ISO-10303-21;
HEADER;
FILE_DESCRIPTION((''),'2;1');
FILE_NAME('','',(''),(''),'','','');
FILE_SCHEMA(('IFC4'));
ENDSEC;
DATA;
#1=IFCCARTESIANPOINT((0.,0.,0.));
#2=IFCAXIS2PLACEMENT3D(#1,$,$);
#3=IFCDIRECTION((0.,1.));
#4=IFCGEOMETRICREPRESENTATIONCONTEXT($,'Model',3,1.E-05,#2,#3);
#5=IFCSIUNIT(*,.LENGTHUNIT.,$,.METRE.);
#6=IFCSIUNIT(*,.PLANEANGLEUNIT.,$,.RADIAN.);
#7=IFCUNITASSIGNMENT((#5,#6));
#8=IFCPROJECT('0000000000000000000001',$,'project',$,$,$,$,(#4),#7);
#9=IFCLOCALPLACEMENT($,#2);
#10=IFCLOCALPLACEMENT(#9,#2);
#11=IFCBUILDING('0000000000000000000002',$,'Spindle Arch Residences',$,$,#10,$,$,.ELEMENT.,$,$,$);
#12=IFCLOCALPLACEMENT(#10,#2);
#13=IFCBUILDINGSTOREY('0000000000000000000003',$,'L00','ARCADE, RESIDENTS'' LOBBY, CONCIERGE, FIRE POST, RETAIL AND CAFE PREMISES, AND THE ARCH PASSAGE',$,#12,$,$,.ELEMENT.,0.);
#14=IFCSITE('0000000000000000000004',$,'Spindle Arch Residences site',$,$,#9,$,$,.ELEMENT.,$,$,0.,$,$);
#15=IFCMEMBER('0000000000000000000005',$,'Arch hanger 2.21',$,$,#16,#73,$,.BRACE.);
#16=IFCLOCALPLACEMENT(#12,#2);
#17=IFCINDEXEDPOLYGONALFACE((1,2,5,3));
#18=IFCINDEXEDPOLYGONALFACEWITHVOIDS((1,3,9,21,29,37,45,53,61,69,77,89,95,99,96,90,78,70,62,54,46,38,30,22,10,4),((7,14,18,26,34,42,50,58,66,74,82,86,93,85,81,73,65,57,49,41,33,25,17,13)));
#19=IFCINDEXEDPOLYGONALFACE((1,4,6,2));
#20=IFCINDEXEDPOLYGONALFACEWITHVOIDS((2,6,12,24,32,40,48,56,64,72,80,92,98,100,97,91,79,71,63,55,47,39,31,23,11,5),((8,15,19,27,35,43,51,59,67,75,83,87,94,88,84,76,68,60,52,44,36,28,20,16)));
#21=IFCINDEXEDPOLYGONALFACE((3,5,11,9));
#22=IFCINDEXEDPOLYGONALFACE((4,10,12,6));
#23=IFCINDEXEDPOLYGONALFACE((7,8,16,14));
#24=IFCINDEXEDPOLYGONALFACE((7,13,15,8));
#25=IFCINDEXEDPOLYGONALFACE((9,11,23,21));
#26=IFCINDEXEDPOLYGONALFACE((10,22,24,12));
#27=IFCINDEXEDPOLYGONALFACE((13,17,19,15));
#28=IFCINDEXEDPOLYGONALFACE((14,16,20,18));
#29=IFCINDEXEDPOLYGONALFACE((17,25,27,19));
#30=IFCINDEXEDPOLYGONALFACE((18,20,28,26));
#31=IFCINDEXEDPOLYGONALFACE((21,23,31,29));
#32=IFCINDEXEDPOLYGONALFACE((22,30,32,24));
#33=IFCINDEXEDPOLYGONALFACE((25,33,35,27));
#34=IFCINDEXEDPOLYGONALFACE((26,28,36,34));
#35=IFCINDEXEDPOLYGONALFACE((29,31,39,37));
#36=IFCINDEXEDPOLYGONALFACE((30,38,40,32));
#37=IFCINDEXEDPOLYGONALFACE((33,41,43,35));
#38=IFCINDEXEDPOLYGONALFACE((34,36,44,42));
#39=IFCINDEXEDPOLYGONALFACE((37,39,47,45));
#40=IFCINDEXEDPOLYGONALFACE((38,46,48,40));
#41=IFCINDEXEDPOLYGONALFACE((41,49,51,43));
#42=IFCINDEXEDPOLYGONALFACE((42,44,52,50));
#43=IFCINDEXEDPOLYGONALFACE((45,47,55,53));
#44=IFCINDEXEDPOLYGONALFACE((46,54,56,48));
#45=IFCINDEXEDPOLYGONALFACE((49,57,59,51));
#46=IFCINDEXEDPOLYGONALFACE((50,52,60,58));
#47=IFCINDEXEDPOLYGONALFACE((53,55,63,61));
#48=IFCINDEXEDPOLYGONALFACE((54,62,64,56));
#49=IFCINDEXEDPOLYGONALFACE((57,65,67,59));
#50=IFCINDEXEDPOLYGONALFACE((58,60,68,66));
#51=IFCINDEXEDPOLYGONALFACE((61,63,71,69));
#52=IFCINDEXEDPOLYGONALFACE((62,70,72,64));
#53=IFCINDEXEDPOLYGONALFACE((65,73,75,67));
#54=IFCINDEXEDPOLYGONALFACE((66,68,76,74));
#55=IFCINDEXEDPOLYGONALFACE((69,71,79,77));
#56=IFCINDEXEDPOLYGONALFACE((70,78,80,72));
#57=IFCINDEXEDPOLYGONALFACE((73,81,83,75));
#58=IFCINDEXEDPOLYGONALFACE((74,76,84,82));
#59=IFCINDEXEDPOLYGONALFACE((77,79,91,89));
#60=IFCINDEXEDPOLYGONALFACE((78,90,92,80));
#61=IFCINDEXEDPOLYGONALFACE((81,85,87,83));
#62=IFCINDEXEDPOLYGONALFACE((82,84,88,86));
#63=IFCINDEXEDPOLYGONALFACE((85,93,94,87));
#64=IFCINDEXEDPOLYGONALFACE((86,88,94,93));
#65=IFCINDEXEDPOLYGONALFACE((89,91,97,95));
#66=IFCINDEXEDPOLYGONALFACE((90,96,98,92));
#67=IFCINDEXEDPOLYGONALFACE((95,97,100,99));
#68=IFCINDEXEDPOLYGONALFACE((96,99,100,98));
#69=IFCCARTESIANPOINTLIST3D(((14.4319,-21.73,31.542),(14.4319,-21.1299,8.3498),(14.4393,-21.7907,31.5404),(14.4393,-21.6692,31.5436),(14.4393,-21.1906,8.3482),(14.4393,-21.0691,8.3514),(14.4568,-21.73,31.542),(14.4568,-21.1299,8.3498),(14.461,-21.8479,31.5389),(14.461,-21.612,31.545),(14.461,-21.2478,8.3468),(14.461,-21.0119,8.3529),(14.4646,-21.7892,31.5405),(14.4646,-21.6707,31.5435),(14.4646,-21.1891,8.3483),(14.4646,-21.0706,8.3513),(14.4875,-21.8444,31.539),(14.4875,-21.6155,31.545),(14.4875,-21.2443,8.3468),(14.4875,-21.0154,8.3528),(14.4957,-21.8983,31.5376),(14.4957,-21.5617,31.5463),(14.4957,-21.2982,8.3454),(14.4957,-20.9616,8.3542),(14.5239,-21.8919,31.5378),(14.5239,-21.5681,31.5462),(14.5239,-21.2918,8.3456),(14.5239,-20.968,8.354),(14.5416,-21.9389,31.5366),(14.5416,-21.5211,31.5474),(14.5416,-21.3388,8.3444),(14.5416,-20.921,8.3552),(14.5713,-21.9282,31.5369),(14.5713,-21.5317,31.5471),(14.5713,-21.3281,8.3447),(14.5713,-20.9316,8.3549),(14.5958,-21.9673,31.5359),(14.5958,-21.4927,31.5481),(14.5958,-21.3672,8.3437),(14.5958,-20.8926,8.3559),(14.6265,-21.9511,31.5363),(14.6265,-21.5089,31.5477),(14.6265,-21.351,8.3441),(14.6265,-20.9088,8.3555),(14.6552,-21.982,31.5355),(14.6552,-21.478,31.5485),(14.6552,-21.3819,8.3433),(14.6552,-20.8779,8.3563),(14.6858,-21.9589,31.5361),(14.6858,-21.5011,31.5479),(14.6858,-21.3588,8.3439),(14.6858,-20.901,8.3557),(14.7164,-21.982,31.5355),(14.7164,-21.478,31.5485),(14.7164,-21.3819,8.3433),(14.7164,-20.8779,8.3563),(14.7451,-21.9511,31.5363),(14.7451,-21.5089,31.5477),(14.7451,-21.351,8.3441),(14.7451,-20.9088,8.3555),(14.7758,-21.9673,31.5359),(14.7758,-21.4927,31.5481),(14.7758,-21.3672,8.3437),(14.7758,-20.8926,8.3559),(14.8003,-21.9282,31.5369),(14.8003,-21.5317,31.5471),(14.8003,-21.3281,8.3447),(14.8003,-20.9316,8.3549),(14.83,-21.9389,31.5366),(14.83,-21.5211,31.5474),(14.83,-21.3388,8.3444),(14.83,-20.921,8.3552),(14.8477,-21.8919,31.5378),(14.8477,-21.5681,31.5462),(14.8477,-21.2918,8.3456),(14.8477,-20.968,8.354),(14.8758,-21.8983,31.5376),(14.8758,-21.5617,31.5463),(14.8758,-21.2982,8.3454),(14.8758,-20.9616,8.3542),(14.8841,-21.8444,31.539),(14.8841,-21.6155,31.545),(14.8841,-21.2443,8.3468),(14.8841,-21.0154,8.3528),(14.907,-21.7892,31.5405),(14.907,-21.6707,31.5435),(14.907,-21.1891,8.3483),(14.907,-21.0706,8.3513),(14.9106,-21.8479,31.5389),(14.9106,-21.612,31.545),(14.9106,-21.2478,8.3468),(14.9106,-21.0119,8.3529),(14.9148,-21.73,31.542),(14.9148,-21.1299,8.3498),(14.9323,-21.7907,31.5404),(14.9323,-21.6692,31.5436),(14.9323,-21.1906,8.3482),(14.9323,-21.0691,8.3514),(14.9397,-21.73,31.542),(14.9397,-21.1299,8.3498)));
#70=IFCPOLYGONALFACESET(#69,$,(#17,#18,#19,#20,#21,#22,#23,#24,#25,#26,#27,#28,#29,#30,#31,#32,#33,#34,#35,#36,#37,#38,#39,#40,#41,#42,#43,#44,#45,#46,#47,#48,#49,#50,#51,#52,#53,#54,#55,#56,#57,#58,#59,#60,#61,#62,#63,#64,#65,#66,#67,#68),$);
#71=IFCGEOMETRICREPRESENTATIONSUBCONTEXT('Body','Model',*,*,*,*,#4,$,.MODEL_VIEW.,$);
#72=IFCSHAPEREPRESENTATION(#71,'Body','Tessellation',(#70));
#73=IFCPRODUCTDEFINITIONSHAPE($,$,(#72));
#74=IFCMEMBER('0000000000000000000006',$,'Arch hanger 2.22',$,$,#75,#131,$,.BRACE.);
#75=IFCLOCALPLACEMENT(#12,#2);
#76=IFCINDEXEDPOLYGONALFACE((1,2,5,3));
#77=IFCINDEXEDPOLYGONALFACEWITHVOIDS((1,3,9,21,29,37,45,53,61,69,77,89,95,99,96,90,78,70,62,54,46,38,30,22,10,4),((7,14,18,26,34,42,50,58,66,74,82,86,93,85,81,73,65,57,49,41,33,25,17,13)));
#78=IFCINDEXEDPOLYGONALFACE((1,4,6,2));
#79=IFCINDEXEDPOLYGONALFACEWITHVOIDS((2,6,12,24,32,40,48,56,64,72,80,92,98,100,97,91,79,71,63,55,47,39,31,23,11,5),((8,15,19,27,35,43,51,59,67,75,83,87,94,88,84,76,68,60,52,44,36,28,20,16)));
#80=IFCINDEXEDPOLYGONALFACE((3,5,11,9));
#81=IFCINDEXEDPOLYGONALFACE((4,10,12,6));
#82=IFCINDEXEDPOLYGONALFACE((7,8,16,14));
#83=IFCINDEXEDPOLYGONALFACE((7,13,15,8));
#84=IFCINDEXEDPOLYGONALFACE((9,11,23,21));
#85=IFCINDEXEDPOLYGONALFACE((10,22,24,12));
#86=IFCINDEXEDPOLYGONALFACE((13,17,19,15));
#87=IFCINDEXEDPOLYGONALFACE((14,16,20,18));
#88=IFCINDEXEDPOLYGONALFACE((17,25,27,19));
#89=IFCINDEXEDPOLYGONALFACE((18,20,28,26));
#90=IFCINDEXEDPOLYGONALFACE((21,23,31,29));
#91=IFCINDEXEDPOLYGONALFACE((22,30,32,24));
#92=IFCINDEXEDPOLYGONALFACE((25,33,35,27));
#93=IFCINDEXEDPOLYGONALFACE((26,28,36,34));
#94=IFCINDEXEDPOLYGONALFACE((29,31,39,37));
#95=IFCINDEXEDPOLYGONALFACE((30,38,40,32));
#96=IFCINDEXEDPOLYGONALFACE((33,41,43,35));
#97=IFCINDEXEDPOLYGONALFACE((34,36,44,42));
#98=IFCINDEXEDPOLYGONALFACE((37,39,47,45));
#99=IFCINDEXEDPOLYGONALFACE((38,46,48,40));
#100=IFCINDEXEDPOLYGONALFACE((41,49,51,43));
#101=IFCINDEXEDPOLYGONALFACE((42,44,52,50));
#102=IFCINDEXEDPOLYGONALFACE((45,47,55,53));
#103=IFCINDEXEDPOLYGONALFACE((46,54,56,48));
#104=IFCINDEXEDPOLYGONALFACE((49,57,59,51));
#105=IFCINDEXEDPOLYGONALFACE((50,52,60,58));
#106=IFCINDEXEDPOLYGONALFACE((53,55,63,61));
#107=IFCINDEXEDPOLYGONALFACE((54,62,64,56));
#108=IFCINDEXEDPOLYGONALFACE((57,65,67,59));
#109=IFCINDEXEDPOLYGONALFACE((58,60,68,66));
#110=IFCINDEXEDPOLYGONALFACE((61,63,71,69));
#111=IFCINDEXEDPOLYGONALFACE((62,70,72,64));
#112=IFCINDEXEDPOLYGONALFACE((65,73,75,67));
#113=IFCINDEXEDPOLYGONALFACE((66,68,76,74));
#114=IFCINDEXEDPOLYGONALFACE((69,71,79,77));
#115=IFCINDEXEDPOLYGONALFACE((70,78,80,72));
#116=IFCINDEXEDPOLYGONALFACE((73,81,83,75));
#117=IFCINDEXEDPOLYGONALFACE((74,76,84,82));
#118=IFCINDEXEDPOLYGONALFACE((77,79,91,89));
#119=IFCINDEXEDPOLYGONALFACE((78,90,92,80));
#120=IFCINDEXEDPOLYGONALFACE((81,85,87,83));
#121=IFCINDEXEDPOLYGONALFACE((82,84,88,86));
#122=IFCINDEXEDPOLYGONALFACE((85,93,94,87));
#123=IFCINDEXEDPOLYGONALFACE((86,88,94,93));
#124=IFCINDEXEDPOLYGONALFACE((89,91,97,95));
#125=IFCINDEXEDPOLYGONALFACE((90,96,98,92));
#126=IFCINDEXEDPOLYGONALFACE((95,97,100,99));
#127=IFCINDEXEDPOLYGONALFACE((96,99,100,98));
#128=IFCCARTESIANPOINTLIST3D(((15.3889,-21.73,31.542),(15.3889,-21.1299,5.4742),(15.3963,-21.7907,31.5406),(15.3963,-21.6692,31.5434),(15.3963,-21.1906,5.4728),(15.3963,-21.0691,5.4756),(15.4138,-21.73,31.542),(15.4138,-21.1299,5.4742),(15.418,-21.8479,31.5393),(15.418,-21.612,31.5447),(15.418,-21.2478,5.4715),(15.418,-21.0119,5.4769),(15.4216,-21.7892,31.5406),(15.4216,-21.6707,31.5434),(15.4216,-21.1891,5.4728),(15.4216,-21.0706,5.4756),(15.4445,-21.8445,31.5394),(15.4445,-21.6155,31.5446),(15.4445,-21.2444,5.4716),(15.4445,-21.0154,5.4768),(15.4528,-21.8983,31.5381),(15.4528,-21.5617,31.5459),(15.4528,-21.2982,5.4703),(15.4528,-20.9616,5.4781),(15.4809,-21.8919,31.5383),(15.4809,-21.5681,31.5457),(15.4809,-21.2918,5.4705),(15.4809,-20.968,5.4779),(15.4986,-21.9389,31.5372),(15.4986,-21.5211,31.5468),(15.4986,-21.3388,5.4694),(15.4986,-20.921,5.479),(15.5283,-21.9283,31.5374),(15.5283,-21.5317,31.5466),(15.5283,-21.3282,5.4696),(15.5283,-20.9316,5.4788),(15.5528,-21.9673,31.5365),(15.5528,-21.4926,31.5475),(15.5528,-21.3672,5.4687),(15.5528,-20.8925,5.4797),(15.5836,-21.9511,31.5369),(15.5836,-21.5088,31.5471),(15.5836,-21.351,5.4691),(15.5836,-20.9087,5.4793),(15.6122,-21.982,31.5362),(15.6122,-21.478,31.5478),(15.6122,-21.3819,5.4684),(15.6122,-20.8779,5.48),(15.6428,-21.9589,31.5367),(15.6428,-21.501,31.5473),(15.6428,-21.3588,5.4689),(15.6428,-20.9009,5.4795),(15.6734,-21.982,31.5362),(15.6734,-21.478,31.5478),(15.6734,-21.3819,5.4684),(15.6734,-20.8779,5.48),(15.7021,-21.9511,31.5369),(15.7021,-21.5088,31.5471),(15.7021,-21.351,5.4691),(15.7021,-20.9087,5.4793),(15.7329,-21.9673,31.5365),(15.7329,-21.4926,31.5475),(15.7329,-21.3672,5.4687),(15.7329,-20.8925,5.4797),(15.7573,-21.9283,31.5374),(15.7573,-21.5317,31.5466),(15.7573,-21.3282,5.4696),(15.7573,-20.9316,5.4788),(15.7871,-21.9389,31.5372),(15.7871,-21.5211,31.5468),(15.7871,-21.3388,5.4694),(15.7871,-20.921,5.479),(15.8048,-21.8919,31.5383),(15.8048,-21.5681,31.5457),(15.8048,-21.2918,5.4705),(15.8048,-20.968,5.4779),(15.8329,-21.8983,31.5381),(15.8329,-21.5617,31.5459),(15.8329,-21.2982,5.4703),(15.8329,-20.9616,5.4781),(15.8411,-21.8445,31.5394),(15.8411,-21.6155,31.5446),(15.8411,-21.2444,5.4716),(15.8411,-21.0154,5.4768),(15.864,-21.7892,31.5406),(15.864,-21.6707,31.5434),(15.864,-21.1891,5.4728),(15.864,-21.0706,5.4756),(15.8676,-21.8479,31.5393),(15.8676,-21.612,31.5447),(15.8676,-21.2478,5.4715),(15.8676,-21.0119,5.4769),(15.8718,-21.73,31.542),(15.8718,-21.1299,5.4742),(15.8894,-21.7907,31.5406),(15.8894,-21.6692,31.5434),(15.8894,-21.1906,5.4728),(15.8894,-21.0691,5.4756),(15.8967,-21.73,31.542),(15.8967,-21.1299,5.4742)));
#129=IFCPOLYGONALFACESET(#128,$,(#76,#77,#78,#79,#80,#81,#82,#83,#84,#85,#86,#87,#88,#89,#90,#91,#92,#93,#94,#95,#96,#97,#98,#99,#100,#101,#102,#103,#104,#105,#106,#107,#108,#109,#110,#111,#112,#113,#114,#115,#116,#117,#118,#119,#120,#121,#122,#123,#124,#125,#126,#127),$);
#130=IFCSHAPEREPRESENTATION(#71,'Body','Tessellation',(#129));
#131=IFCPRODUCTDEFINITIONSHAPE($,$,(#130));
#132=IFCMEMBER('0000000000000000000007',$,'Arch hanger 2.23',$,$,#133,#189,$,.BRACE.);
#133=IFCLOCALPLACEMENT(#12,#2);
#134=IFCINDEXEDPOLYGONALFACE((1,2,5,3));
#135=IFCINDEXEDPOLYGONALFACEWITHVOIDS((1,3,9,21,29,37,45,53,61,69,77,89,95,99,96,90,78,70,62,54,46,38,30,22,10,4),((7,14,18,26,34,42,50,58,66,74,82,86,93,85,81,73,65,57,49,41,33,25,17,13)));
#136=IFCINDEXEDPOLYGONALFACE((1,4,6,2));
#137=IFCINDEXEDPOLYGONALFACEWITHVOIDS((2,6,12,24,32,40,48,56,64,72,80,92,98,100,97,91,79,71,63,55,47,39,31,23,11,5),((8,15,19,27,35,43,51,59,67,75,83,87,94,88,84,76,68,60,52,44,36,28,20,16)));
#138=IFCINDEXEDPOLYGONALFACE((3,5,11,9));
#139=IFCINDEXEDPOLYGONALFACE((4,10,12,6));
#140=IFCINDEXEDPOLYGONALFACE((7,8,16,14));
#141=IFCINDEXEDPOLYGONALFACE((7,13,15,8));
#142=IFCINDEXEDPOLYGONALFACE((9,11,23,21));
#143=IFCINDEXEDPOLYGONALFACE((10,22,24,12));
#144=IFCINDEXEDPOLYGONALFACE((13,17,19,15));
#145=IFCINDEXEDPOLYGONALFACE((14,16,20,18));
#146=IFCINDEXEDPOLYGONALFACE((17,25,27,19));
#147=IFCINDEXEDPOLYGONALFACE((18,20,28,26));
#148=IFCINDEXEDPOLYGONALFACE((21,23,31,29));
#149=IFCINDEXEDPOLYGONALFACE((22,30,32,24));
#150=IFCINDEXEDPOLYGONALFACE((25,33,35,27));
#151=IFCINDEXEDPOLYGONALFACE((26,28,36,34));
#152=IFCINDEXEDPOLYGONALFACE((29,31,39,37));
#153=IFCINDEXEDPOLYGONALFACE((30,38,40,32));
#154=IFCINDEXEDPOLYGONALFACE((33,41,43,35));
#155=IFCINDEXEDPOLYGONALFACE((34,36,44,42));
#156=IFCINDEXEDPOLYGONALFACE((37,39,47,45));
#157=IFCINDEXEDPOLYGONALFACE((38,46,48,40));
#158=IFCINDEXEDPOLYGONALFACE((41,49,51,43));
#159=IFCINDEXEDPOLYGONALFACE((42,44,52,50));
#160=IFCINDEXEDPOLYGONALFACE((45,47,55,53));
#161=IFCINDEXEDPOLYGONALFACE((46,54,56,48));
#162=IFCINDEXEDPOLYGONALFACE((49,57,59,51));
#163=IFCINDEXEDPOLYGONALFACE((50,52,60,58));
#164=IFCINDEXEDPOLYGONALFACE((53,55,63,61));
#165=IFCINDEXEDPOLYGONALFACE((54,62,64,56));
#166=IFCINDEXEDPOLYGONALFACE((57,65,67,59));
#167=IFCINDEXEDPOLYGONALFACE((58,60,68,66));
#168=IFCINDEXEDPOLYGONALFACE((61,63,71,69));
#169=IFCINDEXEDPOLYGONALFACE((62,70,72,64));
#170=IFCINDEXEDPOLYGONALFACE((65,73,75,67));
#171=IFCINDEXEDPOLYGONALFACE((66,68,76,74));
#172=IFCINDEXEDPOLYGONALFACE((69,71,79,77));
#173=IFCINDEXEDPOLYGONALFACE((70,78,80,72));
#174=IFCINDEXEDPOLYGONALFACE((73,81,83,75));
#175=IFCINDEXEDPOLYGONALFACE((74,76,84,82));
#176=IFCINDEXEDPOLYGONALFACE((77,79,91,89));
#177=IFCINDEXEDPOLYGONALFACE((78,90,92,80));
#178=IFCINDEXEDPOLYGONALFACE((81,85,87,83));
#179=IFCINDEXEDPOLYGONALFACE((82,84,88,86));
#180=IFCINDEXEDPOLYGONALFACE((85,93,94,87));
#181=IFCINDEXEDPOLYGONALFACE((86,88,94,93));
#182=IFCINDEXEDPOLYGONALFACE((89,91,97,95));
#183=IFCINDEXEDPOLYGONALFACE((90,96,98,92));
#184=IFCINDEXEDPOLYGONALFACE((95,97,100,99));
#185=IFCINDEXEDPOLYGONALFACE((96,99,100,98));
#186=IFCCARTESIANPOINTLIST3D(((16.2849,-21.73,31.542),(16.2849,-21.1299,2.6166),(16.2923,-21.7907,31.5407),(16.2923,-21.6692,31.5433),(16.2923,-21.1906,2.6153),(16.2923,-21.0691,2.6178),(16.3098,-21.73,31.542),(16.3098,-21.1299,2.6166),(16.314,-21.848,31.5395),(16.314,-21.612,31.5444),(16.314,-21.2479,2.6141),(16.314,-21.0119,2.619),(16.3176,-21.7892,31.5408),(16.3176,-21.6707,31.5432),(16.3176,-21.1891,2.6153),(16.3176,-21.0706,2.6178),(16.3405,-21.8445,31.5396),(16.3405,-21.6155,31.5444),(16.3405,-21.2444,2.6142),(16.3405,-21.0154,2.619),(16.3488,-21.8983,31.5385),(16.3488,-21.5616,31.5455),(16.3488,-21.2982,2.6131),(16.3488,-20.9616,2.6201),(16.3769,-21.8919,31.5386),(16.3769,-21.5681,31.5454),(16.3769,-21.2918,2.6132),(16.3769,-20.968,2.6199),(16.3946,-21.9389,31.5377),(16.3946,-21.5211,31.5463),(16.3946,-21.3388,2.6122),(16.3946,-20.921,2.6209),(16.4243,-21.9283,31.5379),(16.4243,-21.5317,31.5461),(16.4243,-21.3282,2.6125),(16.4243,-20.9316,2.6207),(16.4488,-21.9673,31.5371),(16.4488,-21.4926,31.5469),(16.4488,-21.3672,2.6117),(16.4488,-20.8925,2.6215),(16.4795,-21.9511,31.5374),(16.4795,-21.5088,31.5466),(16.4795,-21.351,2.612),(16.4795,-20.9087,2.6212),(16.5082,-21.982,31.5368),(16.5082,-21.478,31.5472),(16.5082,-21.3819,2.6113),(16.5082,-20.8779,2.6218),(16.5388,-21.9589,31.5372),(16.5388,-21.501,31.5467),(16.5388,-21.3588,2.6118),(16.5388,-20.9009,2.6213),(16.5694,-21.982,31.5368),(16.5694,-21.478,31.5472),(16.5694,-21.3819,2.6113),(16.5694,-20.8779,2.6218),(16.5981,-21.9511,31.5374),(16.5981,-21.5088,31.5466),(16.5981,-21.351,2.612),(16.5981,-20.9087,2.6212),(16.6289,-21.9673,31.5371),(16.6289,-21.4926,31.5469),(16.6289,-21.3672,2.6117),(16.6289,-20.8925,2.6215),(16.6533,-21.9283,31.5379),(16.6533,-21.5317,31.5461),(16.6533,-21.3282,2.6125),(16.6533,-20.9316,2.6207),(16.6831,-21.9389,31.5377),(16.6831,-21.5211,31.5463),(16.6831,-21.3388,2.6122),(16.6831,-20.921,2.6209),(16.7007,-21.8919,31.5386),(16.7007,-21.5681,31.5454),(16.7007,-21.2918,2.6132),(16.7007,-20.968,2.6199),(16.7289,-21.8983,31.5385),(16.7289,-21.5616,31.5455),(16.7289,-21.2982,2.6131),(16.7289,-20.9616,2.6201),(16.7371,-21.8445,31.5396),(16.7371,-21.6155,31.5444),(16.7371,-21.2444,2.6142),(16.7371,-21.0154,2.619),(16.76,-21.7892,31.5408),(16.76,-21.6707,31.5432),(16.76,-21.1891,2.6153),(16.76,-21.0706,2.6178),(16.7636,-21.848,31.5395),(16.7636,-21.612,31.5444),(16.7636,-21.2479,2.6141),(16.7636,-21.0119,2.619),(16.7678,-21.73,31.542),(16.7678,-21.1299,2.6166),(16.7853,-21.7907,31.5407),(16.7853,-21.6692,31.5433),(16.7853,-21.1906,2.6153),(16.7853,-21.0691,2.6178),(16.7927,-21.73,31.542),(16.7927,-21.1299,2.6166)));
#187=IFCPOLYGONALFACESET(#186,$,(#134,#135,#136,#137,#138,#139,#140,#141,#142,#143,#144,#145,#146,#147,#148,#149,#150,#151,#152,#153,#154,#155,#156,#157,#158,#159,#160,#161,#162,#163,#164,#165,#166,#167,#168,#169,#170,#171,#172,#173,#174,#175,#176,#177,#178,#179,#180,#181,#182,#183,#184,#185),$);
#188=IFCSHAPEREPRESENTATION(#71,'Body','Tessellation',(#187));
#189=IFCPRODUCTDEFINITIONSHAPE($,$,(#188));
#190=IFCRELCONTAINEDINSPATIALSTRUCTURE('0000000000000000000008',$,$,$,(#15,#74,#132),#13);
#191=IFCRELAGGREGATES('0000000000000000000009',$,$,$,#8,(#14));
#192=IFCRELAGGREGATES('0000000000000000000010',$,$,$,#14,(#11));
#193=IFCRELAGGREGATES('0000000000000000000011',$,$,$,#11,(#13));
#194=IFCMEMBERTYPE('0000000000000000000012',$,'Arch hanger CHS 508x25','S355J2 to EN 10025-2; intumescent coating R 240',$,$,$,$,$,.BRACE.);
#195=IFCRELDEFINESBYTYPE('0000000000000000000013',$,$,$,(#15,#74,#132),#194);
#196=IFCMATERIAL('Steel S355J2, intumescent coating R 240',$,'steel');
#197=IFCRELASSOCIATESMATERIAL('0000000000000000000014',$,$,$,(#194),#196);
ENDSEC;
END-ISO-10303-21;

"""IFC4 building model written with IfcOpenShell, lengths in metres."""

from ifc_helpers import new_model, si_unit, direction, frame, origin, origin_2d, place, context, subcontext, project, spatial, hollow_circle, extrude, material, material_profile, profile_set, type_object, element, save


model = new_model("IFC4")

# Units and contexts
model_context = context("Model", 3, precision=1e-05, world=origin(), true_north=direction((0.0, 1.0)))
body_context = subcontext(model_context, "Body", "Model", "MODEL_VIEW")
ifc_project = project(units=[si_unit("LENGTHUNIT", "METRE"), si_unit("PLANEANGLEUNIT", "RADIAN")], contexts=[model_context])

# Site, building, storey
site_placement = place(None, origin())
site = spatial("IfcSite", under=ifc_project, at=site_placement, Name="Spindle Arch Residences site", CompositionType="ELEMENT", RefElevation=0.0)
building_placement = place(site_placement, origin())
building = spatial("IfcBuilding", under=site, at=building_placement, Name="Spindle Arch Residences", CompositionType="ELEMENT")
storey_placement = place(building_placement, origin())
storey = spatial("IfcBuildingStorey", under=building, at=storey_placement, Name="L00", Description="ARCADE, RESIDENTS' LOBBY, CONCIERGE, FIRE POST, RETAIL AND CAFE PREMISES, AND THE ARCH PASSAGE", CompositionType="ELEMENT", Elevation=0.0)

# Members
ifc_material_1 = material(Name="Steel S355J2, intumescent coating R 240", Category="steel")
ifc_material_profile_1 = material_profile(ifc_material_1, hollow_circle(Radius=0.2539, WallThickness=0.0249, at=origin_2d()), Name="CHS 508x25")
ifc_profile_set_1 = profile_set([ifc_material_profile_1], Name="Steel S355J2, intumescent coating R 240")
member_type_1 = type_object("IfcMemberType", Name="Arch hanger CHS 508x25", Description="S355J2 to EN 10025-2; intumescent coating R 240", PredefinedType="BRACE", material=ifc_profile_set_1)
member_1_placement = place(storey_placement, frame((14.6858, -21.73, 31.542), z_axis=(0.0, 0.025866, -0.999665), x_axis=(-1.0, 0.0, 0.0)))
element("IfcMember", 1, at=member_1_placement, inside=storey, type_object=member_type_1, Name="Arch hanger 2.21", PredefinedType="BRACE", context=body_context, shape_type="SweptSolid", body=[
    extrude(hollow_circle(Radius=0.2539, WallThickness=0.0249, at=origin_2d()), origin(), (0.0, 0.0, 1.0), 23.2),
])
member_2_placement = place(storey_placement, frame((15.6428, -21.73, 31.542), z_axis=(0.0, 0.023014, -0.999735), x_axis=(-1.0, 0.0, 0.0)))
element("IfcMember", 2, at=member_2_placement, inside=storey, type_object=member_type_1, Name="Arch hanger 2.22", PredefinedType="BRACE", context=body_context, shape_type="SweptSolid", body=[
    extrude(hollow_circle(Radius=0.2539, WallThickness=0.0249, at=origin_2d()), origin(), (0.0, 0.0, 1.0), 26.0747),
])
member_3_placement = place(storey_placement, frame((16.5388, -21.73, 31.542), z_axis=(0.0, 0.020742, -0.999785), x_axis=(-1.0, 0.0, 0.0)))
element("IfcMember", 3, at=member_3_placement, inside=storey, type_object=member_type_1, Name="Arch hanger 2.23", PredefinedType="BRACE", context=body_context, shape_type="SweptSolid", body=[
    extrude(hollow_circle(Radius=0.2539, WallThickness=0.0249, at=origin_2d()), origin(), (0.0, 0.0, 1.0), 28.9316),
])

save(model, "model.ifc")
